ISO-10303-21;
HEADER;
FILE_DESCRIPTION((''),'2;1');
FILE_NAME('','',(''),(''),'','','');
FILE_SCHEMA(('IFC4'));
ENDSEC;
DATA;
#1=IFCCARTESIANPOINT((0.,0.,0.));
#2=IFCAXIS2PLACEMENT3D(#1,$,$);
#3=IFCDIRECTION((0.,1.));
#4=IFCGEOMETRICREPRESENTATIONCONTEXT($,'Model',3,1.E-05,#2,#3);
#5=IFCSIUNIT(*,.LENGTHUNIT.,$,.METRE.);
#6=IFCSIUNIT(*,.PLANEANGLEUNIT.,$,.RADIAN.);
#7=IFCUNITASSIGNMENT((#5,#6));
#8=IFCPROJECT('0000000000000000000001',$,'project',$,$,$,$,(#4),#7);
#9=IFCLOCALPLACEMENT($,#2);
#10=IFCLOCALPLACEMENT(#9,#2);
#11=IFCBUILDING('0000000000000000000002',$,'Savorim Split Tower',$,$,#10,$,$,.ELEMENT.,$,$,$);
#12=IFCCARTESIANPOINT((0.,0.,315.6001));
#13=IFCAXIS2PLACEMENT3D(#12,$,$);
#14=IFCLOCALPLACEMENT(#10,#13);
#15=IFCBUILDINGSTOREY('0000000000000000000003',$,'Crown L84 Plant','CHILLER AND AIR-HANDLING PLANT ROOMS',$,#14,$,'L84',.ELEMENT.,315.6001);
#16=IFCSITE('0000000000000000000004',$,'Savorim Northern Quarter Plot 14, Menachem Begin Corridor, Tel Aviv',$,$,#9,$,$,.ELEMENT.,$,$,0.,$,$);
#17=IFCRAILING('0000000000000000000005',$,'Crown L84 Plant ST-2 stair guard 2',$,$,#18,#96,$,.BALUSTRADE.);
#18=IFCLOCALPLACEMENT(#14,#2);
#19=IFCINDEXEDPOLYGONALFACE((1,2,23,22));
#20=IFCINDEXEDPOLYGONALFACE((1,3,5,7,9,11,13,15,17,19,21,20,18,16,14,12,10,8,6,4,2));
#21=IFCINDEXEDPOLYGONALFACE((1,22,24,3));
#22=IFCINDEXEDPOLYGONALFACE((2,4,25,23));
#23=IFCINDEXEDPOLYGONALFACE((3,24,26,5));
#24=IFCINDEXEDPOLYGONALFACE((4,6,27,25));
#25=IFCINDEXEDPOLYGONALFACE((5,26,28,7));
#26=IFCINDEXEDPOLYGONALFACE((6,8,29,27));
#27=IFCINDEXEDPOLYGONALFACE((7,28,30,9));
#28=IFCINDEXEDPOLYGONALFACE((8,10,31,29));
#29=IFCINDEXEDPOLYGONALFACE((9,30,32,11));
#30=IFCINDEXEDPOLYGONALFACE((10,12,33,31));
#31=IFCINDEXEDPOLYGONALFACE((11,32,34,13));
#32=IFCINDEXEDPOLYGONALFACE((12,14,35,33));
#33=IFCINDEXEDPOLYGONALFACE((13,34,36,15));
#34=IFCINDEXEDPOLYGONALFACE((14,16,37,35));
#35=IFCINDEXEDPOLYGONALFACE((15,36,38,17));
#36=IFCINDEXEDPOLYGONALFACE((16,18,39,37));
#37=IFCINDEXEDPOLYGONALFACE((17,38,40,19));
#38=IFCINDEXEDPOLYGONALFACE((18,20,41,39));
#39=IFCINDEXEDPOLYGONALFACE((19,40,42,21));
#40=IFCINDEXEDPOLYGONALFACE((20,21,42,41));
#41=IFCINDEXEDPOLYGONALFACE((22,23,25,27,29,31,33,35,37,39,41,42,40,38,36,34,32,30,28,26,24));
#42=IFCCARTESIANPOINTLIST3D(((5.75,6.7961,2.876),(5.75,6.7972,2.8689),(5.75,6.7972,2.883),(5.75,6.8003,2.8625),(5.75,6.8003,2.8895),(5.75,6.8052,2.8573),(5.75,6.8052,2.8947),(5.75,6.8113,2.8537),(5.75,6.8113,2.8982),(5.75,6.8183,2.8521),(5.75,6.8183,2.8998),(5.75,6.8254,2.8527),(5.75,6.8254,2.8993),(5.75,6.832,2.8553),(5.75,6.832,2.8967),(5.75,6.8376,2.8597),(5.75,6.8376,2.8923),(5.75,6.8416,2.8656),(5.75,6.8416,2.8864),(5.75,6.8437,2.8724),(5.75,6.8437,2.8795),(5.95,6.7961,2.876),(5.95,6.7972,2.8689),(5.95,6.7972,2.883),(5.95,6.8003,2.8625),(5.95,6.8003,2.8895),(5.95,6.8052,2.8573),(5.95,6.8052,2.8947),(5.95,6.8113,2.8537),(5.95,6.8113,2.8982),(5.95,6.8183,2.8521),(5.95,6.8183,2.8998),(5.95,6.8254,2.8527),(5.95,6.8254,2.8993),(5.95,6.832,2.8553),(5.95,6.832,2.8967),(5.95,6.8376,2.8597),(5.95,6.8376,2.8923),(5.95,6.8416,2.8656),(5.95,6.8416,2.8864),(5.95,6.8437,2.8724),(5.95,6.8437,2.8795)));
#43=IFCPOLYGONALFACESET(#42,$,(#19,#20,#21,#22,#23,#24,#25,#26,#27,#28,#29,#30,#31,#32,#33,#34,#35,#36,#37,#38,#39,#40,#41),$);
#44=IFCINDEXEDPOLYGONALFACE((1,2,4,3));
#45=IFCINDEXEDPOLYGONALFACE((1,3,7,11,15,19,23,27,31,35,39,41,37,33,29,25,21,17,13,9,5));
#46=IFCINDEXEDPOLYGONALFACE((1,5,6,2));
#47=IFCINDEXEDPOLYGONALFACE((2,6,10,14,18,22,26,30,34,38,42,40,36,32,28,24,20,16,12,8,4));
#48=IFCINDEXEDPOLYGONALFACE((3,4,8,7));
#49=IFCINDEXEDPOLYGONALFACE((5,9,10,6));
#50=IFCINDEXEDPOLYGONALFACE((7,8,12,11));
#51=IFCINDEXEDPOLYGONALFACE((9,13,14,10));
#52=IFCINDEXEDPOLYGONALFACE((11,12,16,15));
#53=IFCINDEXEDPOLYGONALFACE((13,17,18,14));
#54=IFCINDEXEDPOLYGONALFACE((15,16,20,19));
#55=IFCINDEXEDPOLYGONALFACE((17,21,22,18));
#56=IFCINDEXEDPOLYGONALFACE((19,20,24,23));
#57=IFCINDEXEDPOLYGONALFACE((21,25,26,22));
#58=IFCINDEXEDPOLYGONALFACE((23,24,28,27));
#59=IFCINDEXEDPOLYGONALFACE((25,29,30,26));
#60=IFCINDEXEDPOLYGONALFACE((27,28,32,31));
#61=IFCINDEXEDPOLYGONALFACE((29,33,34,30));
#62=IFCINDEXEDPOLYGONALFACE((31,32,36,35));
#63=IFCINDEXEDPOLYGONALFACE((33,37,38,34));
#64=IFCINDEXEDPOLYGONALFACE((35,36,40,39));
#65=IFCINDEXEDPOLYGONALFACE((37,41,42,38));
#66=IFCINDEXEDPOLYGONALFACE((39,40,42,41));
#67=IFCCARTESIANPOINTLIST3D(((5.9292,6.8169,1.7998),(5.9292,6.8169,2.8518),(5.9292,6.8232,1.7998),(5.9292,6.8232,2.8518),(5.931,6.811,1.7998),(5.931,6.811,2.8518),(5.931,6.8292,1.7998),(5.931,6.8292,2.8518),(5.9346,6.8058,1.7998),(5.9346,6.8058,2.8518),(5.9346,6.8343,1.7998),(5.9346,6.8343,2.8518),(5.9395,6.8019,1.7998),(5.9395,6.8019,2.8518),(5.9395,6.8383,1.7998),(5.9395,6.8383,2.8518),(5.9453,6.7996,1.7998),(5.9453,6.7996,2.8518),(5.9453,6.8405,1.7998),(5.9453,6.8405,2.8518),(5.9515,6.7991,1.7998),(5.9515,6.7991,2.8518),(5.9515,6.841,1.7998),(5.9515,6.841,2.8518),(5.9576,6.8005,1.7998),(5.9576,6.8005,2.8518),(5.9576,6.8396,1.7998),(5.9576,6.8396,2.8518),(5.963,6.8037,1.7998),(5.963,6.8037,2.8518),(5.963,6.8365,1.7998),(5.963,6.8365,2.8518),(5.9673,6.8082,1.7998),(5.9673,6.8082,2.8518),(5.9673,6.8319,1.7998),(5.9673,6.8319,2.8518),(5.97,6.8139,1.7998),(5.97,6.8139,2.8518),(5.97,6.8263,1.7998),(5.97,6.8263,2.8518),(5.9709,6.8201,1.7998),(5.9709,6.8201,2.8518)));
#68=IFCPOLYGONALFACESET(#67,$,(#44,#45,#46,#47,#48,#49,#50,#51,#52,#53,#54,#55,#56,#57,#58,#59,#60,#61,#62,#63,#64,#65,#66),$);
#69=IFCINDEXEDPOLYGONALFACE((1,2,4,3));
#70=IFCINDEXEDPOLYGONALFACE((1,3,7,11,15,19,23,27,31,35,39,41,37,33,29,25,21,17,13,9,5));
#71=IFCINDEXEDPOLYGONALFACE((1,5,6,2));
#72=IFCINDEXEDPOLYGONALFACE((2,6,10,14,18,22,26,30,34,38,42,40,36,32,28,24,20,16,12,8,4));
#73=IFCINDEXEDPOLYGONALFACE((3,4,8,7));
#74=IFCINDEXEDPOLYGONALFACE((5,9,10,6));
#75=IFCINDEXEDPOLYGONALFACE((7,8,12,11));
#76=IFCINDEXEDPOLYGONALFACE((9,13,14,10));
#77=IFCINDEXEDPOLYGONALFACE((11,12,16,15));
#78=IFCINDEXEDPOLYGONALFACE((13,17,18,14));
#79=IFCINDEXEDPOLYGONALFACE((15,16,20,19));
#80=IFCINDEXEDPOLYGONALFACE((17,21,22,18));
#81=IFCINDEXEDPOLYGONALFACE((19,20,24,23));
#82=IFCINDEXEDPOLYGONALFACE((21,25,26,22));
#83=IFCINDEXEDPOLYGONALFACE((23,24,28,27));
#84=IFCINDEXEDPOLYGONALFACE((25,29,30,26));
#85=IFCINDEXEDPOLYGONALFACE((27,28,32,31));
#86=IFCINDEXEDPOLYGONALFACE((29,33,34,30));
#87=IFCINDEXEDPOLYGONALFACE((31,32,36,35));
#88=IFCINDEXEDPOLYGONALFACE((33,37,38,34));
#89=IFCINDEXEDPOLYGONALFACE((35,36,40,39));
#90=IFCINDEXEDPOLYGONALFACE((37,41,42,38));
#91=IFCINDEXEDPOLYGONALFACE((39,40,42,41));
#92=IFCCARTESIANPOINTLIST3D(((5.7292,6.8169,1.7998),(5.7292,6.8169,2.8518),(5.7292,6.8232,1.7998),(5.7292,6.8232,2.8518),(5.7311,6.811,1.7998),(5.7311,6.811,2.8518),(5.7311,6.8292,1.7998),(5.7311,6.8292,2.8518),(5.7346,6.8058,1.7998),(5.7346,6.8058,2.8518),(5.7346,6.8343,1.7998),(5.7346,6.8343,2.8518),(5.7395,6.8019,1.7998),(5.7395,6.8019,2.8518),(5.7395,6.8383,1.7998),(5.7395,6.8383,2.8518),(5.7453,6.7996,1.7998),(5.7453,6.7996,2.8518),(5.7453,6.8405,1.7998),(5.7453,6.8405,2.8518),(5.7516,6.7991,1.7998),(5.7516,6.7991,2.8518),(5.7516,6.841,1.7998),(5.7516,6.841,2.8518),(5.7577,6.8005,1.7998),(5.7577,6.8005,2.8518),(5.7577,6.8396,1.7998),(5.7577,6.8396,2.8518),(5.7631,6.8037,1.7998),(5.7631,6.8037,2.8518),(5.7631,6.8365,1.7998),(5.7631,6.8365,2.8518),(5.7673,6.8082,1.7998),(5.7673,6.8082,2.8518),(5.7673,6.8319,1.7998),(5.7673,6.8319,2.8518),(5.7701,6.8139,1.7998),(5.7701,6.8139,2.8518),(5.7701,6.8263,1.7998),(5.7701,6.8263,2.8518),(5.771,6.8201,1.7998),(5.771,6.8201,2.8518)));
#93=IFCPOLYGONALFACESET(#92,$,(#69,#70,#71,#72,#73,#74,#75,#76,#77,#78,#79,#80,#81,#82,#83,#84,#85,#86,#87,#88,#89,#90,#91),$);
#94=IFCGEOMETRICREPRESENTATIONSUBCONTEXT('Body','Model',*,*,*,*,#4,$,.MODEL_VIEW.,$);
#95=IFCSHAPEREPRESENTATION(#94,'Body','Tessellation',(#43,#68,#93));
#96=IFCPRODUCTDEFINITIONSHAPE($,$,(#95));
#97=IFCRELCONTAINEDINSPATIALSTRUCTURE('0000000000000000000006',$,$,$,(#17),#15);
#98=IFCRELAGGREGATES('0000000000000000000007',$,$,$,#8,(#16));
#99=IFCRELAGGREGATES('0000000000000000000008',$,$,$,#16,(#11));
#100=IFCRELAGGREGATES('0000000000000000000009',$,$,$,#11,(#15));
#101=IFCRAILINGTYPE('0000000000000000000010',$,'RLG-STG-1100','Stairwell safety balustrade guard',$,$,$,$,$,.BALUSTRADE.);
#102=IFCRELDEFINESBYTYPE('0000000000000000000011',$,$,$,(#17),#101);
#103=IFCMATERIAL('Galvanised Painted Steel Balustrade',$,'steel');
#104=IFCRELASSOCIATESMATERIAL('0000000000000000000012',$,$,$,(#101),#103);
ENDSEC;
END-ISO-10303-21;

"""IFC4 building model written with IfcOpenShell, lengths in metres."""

from ifc_helpers import new_model, si_unit, direction, frame, origin, origin_2d, place, context, subcontext, project, spatial, circle, extrude, material, type_object, element, save


model = new_model("IFC4")

# Units and contexts
model_context = context("Model", 3, precision=1e-05, world=origin(), true_north=direction((0.0, 1.0)))
body_context = subcontext(model_context, "Body", "Model", "MODEL_VIEW")
ifc_project = project(units=[si_unit("LENGTHUNIT", "METRE"), si_unit("PLANEANGLEUNIT", "RADIAN")], contexts=[model_context])

# Site, building, storey
site_placement = place(None, origin())
site = spatial("IfcSite", under=ifc_project, at=site_placement, Name="Savorim Northern Quarter Plot 14, Menachem Begin Corridor, Tel Aviv", CompositionType="ELEMENT", RefElevation=0.0)
building_placement = place(site_placement, origin())
building = spatial("IfcBuilding", under=site, at=building_placement, Name="Savorim Split Tower", CompositionType="ELEMENT")
storey_placement = place(building_placement, frame((0.0, 0.0, 315.6001)))
storey = spatial("IfcBuildingStorey", under=building, at=storey_placement, Name="Crown L84 Plant", Description="CHILLER AND AIR-HANDLING PLANT ROOMS", LongName="L84", CompositionType="ELEMENT", Elevation=315.6001)

# Railing
ifc_material_1 = material(Name="Galvanised Painted Steel Balustrade", Category="steel")
railing_type_1 = type_object("IfcRailingType", Name="RLG-STG-1100", Description="Stairwell safety balustrade guard", PredefinedType="BALUSTRADE", material=ifc_material_1)
railing_1_placement = place(storey_placement, frame((5.95, 6.8201, 1.7998)))
element("IfcRailing", 1, at=railing_1_placement, inside=storey, type_object=railing_type_1, Name="Crown L84 Plant ST-2 stair guard 2", PredefinedType="BALUSTRADE", context=body_context, shape_type="SweptSolid", body=[
    extrude(circle(Radius=0.0239, at=origin_2d()), frame((0.0, 0.0, 1.0762), z_axis=(-1.0, 0.0, 0.0), x_axis=(0.0, -1.0, 0.0)), (0.0, 0.0, 1.0), 0.2),
    extrude(circle(Radius=0.021, at=origin_2d()), origin(), (0.0, 0.0, 1.0), 1.052),
    extrude(circle(Radius=0.021, at=origin_2d()), frame((-0.2, 0.0, 0.0)), (0.0, 0.0, 1.0), 1.052),
])

save(model, "model.ifc")
